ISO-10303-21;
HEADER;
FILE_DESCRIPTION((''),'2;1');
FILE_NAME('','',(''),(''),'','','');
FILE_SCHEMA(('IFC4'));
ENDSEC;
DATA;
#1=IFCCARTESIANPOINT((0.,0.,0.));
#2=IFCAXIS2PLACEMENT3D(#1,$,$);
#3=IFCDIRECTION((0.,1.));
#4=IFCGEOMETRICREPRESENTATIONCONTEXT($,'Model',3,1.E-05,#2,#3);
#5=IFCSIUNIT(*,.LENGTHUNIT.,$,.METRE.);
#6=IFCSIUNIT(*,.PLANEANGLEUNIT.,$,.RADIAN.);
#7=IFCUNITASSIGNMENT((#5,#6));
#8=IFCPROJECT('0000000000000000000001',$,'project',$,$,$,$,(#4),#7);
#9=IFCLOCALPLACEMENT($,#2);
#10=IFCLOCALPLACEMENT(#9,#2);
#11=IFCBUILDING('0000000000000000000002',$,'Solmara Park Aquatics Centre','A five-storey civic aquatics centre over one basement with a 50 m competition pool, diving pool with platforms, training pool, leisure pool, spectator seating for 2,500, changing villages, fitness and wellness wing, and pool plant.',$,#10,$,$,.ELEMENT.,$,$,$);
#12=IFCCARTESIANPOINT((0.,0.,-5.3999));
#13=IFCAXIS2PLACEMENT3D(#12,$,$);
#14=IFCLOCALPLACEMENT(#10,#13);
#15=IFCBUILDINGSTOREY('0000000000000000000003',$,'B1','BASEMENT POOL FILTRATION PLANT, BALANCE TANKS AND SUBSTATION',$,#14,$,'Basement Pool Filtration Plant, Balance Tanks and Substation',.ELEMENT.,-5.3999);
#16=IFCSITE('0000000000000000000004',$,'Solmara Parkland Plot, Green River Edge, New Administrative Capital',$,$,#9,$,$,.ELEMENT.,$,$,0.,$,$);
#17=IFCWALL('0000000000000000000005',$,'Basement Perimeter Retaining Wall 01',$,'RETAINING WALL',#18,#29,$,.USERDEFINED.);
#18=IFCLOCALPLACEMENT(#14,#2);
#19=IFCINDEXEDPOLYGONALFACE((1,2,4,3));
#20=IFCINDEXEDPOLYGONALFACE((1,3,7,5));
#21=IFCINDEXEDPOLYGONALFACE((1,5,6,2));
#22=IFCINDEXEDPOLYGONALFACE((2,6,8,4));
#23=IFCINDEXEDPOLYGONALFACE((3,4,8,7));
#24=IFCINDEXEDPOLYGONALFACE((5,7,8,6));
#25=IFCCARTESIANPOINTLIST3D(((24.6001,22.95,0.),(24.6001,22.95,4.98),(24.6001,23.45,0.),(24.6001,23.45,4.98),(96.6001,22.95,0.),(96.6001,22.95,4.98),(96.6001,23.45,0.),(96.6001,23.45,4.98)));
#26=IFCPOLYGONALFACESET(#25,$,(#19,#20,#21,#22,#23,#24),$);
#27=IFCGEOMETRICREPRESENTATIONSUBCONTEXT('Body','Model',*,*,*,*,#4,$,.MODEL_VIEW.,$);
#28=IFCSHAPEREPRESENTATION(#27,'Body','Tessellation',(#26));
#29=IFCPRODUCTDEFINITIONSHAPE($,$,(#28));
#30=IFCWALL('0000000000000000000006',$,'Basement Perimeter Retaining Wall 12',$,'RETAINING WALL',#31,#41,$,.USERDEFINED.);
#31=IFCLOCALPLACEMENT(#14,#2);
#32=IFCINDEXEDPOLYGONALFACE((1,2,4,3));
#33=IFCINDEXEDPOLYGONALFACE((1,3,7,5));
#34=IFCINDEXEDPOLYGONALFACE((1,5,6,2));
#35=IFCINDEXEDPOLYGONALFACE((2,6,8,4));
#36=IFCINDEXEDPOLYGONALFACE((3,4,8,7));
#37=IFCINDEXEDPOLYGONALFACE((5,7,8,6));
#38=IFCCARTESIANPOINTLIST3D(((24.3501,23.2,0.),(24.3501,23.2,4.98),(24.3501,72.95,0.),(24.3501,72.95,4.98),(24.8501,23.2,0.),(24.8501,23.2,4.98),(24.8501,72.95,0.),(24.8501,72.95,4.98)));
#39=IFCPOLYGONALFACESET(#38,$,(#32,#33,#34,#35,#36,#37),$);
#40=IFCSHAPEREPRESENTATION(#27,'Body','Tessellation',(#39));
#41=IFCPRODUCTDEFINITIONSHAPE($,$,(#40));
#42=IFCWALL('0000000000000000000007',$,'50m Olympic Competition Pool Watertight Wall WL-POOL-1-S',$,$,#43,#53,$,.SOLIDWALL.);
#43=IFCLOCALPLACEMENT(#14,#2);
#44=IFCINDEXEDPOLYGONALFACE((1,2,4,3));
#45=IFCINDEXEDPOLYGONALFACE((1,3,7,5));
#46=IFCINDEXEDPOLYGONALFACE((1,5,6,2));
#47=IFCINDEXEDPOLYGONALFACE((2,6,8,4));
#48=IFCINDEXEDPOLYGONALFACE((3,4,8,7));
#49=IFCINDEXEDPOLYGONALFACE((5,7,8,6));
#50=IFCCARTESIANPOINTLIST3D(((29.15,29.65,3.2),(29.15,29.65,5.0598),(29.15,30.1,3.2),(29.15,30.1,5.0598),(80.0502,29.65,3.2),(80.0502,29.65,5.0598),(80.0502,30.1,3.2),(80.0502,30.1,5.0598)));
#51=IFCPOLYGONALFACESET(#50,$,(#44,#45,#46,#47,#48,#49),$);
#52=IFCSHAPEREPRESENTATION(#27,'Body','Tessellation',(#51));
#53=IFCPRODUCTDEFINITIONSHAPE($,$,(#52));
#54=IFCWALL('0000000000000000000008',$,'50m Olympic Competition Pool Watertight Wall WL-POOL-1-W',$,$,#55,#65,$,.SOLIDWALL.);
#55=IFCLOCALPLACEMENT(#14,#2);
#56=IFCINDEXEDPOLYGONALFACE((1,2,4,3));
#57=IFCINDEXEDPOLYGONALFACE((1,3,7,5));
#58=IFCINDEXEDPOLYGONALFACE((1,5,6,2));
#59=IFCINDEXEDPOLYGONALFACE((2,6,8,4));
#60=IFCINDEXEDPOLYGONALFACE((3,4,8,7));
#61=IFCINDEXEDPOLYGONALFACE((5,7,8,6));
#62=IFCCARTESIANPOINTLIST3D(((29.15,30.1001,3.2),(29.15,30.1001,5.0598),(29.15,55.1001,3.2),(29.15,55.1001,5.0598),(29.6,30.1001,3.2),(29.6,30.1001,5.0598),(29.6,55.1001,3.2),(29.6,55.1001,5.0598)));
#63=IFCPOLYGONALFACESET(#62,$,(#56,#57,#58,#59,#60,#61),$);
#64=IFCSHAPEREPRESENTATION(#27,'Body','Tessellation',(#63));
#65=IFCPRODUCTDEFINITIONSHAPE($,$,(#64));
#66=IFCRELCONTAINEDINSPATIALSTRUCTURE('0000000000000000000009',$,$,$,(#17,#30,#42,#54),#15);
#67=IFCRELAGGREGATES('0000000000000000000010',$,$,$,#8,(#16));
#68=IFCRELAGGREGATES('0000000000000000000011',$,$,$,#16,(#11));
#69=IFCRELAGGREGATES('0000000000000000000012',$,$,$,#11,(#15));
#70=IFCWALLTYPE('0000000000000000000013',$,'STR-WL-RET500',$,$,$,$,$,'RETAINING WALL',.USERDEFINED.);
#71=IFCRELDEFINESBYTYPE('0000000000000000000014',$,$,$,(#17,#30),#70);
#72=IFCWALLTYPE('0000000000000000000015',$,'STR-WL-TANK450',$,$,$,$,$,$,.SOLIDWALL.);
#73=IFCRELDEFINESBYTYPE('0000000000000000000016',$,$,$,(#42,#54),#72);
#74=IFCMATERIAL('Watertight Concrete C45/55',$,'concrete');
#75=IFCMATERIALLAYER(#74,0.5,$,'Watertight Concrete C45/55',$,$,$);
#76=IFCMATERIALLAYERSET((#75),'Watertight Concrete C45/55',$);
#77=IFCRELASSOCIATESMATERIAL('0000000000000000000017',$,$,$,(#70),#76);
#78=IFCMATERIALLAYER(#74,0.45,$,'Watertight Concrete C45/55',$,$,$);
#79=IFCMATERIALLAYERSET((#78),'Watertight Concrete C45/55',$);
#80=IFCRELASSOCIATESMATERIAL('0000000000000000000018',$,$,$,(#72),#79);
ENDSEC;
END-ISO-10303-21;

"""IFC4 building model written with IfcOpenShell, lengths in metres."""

from ifc_helpers import new_model, si_unit, direction, frame, frame_2d, origin, place, context, subcontext, project, spatial, rectangle, extrude, material, layer, layer_set, type_object, element, save


model = new_model("IFC4")

# Units and contexts
model_context = context("Model", 3, precision=1e-05, world=origin(), true_north=direction((0.0, 1.0)))
body_context = subcontext(model_context, "Body", "Model", "MODEL_VIEW")
ifc_project = project(units=[si_unit("LENGTHUNIT", "METRE"), si_unit("PLANEANGLEUNIT", "RADIAN")], contexts=[model_context])

# Site, building, storey
site_placement = place(None, origin())
site = spatial("IfcSite", under=ifc_project, at=site_placement, Name="Solmara Parkland Plot, Green River Edge, New Administrative Capital", CompositionType="ELEMENT", RefElevation=0.0)
building_placement = place(site_placement, origin())
building = spatial("IfcBuilding", under=site, at=building_placement, Name="Solmara Park Aquatics Centre", Description="A five-storey civic aquatics centre over one basement with a 50 m competition pool, diving pool with platforms, training pool, leisure pool, spectator seating for 2,500, changing villages, fitness and wellness wing, and pool plant.", CompositionType="ELEMENT")
storey_placement = place(building_placement, frame((0.0, 0.0, -5.3999)))
storey = spatial("IfcBuildingStorey", under=building, at=storey_placement, Name="B1", Description="BASEMENT POOL FILTRATION PLANT, BALANCE TANKS AND SUBSTATION", LongName="Basement Pool Filtration Plant, Balance Tanks and Substation", CompositionType="ELEMENT", Elevation=-5.3999)

# Shared definitions
ifc_material_1 = material(Name="Watertight Concrete C45/55", Category="concrete")

# Walls
ifc_layer_1 = layer(ifc_material_1, 0.5, Name="Watertight Concrete C45/55")
ifc_layer_set_1 = layer_set([ifc_layer_1], Name="Watertight Concrete C45/55")
wall_type_1 = type_object("IfcWallType", Name="STR-WL-RET500", ElementType="RETAINING WALL", PredefinedType="USERDEFINED", material=ifc_layer_set_1)
wall_1_placement = place(storey_placement, frame((24.6001, 23.2, 0.0), z_axis=(0.0, 0.0, 1.0), x_axis=(1.0, 0.0, 0.0)))
element("IfcWall", 1, at=wall_1_placement, inside=storey, type_object=wall_type_1, Name="Basement Perimeter Retaining Wall 01", ObjectType="RETAINING WALL", PredefinedType="USERDEFINED", context=body_context, shape_type="SweptSolid", body=[
    extrude(rectangle(XDim=72.0, YDim=0.5, at=frame_2d((36.0, 0.0))), origin(), (0.0, 0.0, 1.0), 4.98),
])
wall_2_placement = place(storey_placement, frame((24.6001, 23.2, 0.0), z_axis=(0.0, 0.0, 1.0), x_axis=(0.0, 1.0, 0.0)))
element("IfcWall", 2, at=wall_2_placement, inside=storey, type_object=wall_type_1, Name="Basement Perimeter Retaining Wall 12", ObjectType="RETAINING WALL", PredefinedType="USERDEFINED", context=body_context, shape_type="SweptSolid", body=[
    extrude(rectangle(XDim=49.75, YDim=0.5, at=frame_2d((24.875, 0.0))), origin(), (0.0, 0.0, 1.0), 4.98),
])
ifc_layer_2 = layer(ifc_material_1, 0.45, Name="Watertight Concrete C45/55")
ifc_layer_set_2 = layer_set([ifc_layer_2], Name="Watertight Concrete C45/55")
wall_type_2 = type_object("IfcWallType", Name="STR-WL-TANK450", PredefinedType="SOLIDWALL", material=ifc_layer_set_2)
wall_3_placement = place(storey_placement, frame((29.1499, 29.875, 3.2), z_axis=(0.0, 0.0, 1.0), x_axis=(1.0, 0.0, 0.0)))
element("IfcWall", 3, at=wall_3_placement, inside=storey, type_object=wall_type_2, Name="50m Olympic Competition Pool Watertight Wall WL-POOL-1-S", PredefinedType="SOLIDWALL", context=body_context, shape_type="SweptSolid", body=[
    extrude(rectangle(XDim=50.9001, YDim=0.45, at=frame_2d((25.4502, 0.0))), origin(), (0.0, 0.0, 1.0), 1.8599),
])
wall_4_placement = place(storey_placement, frame((29.375, 30.1001, 3.2), z_axis=(0.0, 0.0, 1.0), x_axis=(0.0, 1.0, 0.0)))
element("IfcWall", 4, at=wall_4_placement, inside=storey, type_object=wall_type_2, Name="50m Olympic Competition Pool Watertight Wall WL-POOL-1-W", PredefinedType="SOLIDWALL", context=body_context, shape_type="SweptSolid", body=[
    extrude(rectangle(XDim=25.0, YDim=0.45, at=frame_2d((12.5, 0.0))), origin(), (0.0, 0.0, 1.0), 1.8599),
])

save(model, "model.ifc")
